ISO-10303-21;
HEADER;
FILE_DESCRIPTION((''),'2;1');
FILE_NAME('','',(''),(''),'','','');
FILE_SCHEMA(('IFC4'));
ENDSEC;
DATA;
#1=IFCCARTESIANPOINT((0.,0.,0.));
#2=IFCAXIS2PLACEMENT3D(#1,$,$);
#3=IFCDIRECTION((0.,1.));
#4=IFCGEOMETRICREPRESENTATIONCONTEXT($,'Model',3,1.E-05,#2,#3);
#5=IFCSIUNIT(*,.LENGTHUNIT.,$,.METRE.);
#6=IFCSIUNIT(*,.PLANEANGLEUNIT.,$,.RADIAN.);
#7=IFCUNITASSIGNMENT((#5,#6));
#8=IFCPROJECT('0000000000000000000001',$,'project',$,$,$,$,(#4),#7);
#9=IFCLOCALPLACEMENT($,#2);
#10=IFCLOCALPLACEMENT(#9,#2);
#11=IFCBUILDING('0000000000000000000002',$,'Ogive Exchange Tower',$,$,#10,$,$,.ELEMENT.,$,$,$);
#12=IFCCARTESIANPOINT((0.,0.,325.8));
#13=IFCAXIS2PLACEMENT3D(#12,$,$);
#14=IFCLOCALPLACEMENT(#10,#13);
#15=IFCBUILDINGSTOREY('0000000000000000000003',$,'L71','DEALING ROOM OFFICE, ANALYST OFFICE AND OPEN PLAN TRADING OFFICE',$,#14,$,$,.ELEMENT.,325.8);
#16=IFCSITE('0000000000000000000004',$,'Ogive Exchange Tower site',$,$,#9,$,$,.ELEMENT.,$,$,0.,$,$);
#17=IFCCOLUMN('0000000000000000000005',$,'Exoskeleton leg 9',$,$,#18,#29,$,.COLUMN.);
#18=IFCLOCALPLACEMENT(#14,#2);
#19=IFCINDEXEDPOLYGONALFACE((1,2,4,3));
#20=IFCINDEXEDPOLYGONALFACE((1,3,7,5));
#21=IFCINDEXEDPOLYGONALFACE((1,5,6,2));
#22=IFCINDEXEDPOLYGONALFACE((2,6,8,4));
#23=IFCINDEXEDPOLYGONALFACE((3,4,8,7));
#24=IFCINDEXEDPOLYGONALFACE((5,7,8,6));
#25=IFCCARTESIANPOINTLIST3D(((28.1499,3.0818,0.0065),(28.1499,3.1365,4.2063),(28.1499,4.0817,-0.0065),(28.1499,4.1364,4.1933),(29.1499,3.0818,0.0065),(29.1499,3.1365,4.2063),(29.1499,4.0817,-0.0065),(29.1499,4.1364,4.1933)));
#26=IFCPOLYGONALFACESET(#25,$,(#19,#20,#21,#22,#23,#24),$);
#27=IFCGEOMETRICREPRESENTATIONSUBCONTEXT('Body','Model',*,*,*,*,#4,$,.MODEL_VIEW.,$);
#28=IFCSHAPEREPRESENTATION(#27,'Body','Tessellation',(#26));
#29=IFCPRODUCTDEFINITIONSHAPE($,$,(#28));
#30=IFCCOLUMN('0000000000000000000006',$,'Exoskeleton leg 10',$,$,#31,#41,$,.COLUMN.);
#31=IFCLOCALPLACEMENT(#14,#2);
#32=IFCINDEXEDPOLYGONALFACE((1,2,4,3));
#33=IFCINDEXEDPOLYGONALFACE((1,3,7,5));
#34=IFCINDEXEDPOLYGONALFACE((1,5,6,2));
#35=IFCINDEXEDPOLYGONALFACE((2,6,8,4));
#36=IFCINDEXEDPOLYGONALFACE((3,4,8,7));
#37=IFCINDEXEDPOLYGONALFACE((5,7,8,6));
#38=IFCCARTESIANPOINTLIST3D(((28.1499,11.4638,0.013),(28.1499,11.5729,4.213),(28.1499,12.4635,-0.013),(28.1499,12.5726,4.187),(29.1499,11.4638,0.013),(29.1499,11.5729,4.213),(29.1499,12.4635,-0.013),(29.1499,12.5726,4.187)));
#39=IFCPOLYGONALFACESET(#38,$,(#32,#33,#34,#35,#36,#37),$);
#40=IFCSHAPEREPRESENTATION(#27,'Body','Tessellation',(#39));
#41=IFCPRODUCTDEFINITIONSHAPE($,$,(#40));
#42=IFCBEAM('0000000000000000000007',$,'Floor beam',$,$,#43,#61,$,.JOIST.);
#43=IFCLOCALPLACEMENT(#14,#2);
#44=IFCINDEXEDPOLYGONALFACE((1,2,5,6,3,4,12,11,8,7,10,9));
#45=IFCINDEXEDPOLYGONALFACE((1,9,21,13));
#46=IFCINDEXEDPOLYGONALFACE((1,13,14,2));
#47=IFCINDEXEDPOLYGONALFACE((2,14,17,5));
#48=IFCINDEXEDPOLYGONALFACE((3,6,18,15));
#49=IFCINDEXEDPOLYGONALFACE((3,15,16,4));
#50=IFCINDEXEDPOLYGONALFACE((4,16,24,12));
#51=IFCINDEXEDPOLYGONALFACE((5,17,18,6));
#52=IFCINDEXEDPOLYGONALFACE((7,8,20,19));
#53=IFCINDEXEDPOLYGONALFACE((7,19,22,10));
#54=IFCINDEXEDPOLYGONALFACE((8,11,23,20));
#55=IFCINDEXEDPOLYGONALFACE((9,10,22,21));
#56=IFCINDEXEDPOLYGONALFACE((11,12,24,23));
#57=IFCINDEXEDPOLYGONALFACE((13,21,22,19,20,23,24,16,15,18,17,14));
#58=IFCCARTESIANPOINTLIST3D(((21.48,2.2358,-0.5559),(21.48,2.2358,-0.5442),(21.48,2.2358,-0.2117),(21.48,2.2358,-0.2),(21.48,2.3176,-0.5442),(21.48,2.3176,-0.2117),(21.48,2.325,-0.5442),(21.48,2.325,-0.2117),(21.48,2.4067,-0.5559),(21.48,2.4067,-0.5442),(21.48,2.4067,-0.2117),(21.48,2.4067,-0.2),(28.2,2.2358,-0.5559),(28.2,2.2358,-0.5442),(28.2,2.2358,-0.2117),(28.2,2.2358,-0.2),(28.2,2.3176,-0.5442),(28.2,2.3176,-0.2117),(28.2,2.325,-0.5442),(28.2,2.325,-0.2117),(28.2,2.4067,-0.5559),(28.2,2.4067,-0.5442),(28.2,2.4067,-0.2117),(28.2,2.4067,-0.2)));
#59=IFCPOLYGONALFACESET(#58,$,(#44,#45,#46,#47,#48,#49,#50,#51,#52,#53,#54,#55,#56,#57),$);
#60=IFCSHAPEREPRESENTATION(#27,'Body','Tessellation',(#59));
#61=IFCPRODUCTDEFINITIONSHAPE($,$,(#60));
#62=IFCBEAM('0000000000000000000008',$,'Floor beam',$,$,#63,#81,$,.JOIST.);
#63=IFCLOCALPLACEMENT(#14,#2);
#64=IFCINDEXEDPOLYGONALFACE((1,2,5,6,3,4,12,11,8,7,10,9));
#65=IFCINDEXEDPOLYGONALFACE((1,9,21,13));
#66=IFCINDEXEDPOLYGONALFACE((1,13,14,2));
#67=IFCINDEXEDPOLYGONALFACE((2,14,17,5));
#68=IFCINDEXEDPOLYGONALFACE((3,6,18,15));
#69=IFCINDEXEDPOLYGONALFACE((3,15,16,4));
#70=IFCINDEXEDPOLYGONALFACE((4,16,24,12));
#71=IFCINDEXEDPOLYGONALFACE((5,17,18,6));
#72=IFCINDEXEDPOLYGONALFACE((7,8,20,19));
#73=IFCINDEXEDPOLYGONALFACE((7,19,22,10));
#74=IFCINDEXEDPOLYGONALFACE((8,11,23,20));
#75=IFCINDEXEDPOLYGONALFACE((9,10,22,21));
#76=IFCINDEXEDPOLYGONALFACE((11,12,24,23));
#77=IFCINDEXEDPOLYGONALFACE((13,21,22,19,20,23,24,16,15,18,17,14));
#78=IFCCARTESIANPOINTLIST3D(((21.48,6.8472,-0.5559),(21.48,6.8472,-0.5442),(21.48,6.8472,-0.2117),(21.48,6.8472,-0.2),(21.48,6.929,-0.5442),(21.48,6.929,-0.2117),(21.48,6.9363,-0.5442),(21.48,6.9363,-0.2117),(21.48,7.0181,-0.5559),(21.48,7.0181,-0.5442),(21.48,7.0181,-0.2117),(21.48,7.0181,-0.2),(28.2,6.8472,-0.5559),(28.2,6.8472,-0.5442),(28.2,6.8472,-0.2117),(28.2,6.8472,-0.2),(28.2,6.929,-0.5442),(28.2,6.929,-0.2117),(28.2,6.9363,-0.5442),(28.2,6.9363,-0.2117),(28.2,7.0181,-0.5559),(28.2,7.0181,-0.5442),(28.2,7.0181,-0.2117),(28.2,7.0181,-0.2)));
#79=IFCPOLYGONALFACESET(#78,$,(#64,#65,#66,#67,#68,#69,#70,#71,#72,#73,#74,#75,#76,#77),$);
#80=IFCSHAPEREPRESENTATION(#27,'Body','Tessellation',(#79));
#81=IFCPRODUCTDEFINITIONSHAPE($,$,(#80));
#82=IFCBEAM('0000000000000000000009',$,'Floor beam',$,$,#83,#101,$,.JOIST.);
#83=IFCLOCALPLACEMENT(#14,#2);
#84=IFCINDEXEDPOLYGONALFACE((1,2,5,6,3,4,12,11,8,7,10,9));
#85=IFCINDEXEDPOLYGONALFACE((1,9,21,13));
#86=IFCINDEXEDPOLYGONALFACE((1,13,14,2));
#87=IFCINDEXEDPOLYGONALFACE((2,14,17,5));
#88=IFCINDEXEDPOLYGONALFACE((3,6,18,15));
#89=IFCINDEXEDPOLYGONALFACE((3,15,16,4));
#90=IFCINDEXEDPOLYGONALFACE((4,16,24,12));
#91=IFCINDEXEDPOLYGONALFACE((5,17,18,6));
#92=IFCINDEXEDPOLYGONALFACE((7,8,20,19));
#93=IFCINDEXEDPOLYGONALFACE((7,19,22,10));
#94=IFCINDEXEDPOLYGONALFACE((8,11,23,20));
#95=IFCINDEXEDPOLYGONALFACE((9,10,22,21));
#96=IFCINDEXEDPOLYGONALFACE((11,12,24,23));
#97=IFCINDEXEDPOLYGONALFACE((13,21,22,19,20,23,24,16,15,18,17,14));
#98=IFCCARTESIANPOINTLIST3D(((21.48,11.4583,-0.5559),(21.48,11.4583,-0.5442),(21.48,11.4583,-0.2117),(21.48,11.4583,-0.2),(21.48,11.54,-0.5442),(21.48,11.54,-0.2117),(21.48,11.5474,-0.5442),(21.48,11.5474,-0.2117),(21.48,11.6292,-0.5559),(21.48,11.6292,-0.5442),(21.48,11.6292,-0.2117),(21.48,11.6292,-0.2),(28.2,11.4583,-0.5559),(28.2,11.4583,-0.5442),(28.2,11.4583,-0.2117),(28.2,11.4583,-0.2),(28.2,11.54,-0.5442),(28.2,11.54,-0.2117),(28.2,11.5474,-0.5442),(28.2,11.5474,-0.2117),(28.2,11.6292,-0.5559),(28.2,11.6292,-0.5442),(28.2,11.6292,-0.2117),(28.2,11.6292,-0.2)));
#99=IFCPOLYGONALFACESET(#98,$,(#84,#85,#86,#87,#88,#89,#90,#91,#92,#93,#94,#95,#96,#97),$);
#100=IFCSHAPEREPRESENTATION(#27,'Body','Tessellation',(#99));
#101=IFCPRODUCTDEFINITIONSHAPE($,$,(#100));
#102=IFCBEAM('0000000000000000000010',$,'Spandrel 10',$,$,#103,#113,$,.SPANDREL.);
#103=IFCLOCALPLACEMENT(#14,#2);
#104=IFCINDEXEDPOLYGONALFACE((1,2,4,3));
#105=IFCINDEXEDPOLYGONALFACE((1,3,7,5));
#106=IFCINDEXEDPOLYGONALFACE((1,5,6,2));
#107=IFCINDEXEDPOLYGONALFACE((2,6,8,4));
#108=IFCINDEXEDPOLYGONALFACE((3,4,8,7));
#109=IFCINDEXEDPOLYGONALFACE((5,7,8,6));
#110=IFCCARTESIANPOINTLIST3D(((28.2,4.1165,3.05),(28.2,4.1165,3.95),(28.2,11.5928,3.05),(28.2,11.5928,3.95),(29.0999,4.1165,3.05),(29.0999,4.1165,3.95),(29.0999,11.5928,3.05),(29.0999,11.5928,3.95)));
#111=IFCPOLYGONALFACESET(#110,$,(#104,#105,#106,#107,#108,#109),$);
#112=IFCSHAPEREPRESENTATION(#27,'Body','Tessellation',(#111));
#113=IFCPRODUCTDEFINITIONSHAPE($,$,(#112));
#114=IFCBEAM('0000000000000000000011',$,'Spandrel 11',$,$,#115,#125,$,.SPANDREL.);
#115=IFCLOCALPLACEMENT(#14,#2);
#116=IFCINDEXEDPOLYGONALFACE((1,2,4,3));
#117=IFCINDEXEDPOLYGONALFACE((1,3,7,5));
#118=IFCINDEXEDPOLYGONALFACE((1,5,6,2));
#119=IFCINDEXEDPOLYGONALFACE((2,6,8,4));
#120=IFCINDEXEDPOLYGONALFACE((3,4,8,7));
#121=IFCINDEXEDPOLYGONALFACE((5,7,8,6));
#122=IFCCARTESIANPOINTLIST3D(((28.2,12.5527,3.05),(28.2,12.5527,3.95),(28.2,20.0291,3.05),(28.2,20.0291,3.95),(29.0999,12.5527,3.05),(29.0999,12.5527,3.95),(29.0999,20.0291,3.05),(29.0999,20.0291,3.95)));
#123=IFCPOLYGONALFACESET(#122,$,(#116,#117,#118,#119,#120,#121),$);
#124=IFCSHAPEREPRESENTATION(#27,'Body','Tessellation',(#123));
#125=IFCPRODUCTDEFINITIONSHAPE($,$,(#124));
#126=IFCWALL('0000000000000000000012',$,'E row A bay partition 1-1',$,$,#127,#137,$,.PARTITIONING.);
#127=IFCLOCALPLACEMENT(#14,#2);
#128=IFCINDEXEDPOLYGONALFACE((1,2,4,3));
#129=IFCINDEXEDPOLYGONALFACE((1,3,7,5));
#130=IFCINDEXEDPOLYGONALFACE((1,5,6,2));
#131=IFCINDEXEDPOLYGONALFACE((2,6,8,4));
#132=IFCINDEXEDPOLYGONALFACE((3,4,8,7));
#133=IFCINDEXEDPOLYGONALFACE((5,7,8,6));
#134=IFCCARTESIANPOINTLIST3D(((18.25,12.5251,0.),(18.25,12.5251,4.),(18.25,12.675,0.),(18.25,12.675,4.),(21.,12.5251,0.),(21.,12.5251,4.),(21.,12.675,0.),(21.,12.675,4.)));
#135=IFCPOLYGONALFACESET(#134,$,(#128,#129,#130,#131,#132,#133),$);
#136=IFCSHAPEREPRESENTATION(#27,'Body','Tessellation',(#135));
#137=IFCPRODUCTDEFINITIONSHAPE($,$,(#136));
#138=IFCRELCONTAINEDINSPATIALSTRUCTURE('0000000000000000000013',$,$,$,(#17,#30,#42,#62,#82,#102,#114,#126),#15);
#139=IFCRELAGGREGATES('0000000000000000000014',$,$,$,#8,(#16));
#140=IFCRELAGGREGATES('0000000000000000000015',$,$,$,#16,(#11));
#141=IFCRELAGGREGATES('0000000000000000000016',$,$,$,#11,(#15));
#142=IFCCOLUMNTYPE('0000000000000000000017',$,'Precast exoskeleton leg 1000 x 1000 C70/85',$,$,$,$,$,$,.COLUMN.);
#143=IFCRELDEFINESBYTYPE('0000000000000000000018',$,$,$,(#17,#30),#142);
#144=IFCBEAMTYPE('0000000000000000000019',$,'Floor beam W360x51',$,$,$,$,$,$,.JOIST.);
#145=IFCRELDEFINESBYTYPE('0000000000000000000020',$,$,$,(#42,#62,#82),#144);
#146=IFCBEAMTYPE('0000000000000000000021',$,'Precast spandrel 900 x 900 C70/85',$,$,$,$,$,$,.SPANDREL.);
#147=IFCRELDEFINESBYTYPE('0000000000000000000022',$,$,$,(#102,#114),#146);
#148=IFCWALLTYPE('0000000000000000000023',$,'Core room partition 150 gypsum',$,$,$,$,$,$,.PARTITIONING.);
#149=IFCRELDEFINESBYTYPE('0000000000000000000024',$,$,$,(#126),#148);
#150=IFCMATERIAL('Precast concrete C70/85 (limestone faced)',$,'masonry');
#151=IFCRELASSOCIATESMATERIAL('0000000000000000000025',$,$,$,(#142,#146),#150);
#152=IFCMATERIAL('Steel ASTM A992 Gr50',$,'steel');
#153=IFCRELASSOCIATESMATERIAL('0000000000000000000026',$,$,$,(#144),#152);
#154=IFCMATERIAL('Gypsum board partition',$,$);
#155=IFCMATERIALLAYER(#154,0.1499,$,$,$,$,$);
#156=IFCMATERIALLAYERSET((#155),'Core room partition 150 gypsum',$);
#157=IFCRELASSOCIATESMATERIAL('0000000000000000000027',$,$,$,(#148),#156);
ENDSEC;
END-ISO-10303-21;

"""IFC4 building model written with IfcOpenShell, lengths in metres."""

from ifc_helpers import new_model, si_unit, direction, frame, frame_2d, origin, origin_2d, place, context, subcontext, project, spatial, rectangle, i_section, extrude, material, layer, layer_set, material_profile, profile_set, type_object, element, save


model = new_model("IFC4")

# Units and contexts
model_context = context("Model", 3, precision=1e-05, world=origin(), true_north=direction((0.0, 1.0)))
body_context = subcontext(model_context, "Body", "Model", "MODEL_VIEW")
ifc_project = project(units=[si_unit("LENGTHUNIT", "METRE"), si_unit("PLANEANGLEUNIT", "RADIAN")], contexts=[model_context])

# Site, building, storey
site_placement = place(None, origin())
site = spatial("IfcSite", under=ifc_project, at=site_placement, Name="Ogive Exchange Tower site", CompositionType="ELEMENT", RefElevation=0.0)
building_placement = place(site_placement, origin())
building = spatial("IfcBuilding", under=site, at=building_placement, Name="Ogive Exchange Tower", CompositionType="ELEMENT")
storey_placement = place(building_placement, frame((0.0, 0.0, 325.8)))
storey = spatial("IfcBuildingStorey", under=building, at=storey_placement, Name="L71", Description="DEALING ROOM OFFICE, ANALYST OFFICE AND OPEN PLAN TRADING OFFICE", CompositionType="ELEMENT", Elevation=325.8)

# Columns
ifc_material_1 = material(Name="Precast concrete C70/85 (limestone faced)", Category="masonry")
ifc_material_profile_1 = material_profile(ifc_material_1, rectangle(XDim=1.0, YDim=1.0, at=origin_2d()), Name="1000 x 1000")
ifc_profile_set_1 = profile_set([ifc_material_profile_1], Name="Precast concrete C70/85 (limestone faced)")
column_type = type_object("IfcColumnType", Name="Precast exoskeleton leg 1000 x 1000 C70/85", PredefinedType="COLUMN", material=ifc_profile_set_1)
column_1_placement = place(storey_placement, frame((28.6499, 3.5818, 0.0), z_axis=(0.0, 0.01302, 0.999915), x_axis=(-1.0, 0.0, 0.0)))
element("IfcColumn", 1, at=column_1_placement, inside=storey, type_object=column_type, Name="Exoskeleton leg 9", PredefinedType="COLUMN", context=body_context, shape_type="SweptSolid", body=[
    extrude(rectangle(XDim=1.0, YDim=1.0, at=origin_2d()), origin(), (0.0, 0.0, 1.0), 4.2002),
])
column_2_placement = place(storey_placement, frame((28.6499, 11.9636, 0.0), z_axis=(0.0, 0.025975, 0.999663), x_axis=(-1.0, 0.0, 0.0)))
element("IfcColumn", 2, at=column_2_placement, inside=storey, type_object=column_type, Name="Exoskeleton leg 10", PredefinedType="COLUMN", context=body_context, shape_type="SweptSolid", body=[
    extrude(rectangle(XDim=1.0, YDim=1.0, at=origin_2d()), origin(), (0.0, 0.0, 1.0), 4.2014),
])

# Beams
ifc_material_2 = material(Name="Steel ASTM A992 Gr50", Category="steel")
ifc_material_profile_2 = material_profile(ifc_material_2, i_section(OverallWidth=0.1709, OverallDepth=0.356, WebThickness=0.0073, FlangeThickness=0.0117, at=origin_2d()), Name="W360x51")
ifc_profile_set_2 = profile_set([ifc_material_profile_2], Name="Steel ASTM A992 Gr50")
beam_type_1 = type_object("IfcBeamType", Name="Floor beam W360x51", PredefinedType="JOIST", material=ifc_profile_set_2)
for number, where, z_axis, x_axis, name in (
    (3, (21.48, 2.3213, -0.3779), (1.0, 0.0, 0.0), (0.0, 1.0, 0.0), "Floor beam"),
    (4, (21.48, 6.9326, -0.3779), (1.0, 0.0, 0.0), (0.0, 1.0, 0.0), "Floor beam"),
    (5, (21.48, 11.5437, -0.3779), (1.0, 0.0, 0.0), (0.0, 1.0, 0.0), "Floor beam"),
):
    element("IfcBeam", number, at=place(storey_placement, frame(where, z_axis=z_axis, x_axis=x_axis)), inside=storey, type_object=beam_type_1, Name=name, PredefinedType="JOIST", context=body_context, shape_type="SweptSolid", body=[
        extrude(i_section(OverallWidth=0.1709, OverallDepth=0.356, WebThickness=0.0073, FlangeThickness=0.0117, at=origin_2d()), origin(), (0.0, 0.0, 1.0), 6.72),
    ])
ifc_material_profile_3 = material_profile(ifc_material_1, rectangle(XDim=0.8999, YDim=0.8999, at=origin_2d()), Name="900 x 900")
ifc_profile_set_3 = profile_set([ifc_material_profile_3], Name="Precast concrete C70/85 (limestone faced)")
beam_type_2 = type_object("IfcBeamType", Name="Precast spandrel 900 x 900 C70/85", PredefinedType="SPANDREL", material=ifc_profile_set_3)
for number, where, z_axis, x_axis, name in (
    (6, (28.6499, 4.1165, 3.5), (0.0, 1.0, 0.0), (-1.0, 0.0, 0.0), "Spandrel 10"),
    (7, (28.6499, 12.5527, 3.5), (0.0, 1.0, 0.0), (-1.0, 0.0, 0.0), "Spandrel 11"),
):
    element("IfcBeam", number, at=place(storey_placement, frame(where, z_axis=z_axis, x_axis=x_axis)), inside=storey, type_object=beam_type_2, Name=name, PredefinedType="SPANDREL", context=body_context, shape_type="SweptSolid", body=[
        extrude(rectangle(XDim=0.8999, YDim=0.8999, at=origin_2d()), origin(), (0.0, 0.0, 1.0), 7.4763),
    ])

# Wall
ifc_material_3 = material(Name="Gypsum board partition")
ifc_layer_1 = layer(ifc_material_3, 0.1499)
ifc_layer_set_1 = layer_set([ifc_layer_1], Name="Core room partition 150 gypsum")
wall_type_1 = type_object("IfcWallType", Name="Core room partition 150 gypsum", PredefinedType="PARTITIONING", material=ifc_layer_set_1)
wall_1_placement = place(storey_placement, frame((18.25, 12.6001, 0.0), z_axis=(0.0, 0.0, 1.0), x_axis=(1.0, 0.0, 0.0)))
element("IfcWall", 8, at=wall_1_placement, inside=storey, type_object=wall_type_1, Name="E row A bay partition 1-1", PredefinedType="PARTITIONING", context=body_context, shape_type="SweptSolid", body=[
    extrude(rectangle(XDim=2.75, YDim=0.1499, at=frame_2d((1.375, 0.0))), origin(), (0.0, 0.0, 1.0), 4.0),
])

save(model, "model.ifc")
